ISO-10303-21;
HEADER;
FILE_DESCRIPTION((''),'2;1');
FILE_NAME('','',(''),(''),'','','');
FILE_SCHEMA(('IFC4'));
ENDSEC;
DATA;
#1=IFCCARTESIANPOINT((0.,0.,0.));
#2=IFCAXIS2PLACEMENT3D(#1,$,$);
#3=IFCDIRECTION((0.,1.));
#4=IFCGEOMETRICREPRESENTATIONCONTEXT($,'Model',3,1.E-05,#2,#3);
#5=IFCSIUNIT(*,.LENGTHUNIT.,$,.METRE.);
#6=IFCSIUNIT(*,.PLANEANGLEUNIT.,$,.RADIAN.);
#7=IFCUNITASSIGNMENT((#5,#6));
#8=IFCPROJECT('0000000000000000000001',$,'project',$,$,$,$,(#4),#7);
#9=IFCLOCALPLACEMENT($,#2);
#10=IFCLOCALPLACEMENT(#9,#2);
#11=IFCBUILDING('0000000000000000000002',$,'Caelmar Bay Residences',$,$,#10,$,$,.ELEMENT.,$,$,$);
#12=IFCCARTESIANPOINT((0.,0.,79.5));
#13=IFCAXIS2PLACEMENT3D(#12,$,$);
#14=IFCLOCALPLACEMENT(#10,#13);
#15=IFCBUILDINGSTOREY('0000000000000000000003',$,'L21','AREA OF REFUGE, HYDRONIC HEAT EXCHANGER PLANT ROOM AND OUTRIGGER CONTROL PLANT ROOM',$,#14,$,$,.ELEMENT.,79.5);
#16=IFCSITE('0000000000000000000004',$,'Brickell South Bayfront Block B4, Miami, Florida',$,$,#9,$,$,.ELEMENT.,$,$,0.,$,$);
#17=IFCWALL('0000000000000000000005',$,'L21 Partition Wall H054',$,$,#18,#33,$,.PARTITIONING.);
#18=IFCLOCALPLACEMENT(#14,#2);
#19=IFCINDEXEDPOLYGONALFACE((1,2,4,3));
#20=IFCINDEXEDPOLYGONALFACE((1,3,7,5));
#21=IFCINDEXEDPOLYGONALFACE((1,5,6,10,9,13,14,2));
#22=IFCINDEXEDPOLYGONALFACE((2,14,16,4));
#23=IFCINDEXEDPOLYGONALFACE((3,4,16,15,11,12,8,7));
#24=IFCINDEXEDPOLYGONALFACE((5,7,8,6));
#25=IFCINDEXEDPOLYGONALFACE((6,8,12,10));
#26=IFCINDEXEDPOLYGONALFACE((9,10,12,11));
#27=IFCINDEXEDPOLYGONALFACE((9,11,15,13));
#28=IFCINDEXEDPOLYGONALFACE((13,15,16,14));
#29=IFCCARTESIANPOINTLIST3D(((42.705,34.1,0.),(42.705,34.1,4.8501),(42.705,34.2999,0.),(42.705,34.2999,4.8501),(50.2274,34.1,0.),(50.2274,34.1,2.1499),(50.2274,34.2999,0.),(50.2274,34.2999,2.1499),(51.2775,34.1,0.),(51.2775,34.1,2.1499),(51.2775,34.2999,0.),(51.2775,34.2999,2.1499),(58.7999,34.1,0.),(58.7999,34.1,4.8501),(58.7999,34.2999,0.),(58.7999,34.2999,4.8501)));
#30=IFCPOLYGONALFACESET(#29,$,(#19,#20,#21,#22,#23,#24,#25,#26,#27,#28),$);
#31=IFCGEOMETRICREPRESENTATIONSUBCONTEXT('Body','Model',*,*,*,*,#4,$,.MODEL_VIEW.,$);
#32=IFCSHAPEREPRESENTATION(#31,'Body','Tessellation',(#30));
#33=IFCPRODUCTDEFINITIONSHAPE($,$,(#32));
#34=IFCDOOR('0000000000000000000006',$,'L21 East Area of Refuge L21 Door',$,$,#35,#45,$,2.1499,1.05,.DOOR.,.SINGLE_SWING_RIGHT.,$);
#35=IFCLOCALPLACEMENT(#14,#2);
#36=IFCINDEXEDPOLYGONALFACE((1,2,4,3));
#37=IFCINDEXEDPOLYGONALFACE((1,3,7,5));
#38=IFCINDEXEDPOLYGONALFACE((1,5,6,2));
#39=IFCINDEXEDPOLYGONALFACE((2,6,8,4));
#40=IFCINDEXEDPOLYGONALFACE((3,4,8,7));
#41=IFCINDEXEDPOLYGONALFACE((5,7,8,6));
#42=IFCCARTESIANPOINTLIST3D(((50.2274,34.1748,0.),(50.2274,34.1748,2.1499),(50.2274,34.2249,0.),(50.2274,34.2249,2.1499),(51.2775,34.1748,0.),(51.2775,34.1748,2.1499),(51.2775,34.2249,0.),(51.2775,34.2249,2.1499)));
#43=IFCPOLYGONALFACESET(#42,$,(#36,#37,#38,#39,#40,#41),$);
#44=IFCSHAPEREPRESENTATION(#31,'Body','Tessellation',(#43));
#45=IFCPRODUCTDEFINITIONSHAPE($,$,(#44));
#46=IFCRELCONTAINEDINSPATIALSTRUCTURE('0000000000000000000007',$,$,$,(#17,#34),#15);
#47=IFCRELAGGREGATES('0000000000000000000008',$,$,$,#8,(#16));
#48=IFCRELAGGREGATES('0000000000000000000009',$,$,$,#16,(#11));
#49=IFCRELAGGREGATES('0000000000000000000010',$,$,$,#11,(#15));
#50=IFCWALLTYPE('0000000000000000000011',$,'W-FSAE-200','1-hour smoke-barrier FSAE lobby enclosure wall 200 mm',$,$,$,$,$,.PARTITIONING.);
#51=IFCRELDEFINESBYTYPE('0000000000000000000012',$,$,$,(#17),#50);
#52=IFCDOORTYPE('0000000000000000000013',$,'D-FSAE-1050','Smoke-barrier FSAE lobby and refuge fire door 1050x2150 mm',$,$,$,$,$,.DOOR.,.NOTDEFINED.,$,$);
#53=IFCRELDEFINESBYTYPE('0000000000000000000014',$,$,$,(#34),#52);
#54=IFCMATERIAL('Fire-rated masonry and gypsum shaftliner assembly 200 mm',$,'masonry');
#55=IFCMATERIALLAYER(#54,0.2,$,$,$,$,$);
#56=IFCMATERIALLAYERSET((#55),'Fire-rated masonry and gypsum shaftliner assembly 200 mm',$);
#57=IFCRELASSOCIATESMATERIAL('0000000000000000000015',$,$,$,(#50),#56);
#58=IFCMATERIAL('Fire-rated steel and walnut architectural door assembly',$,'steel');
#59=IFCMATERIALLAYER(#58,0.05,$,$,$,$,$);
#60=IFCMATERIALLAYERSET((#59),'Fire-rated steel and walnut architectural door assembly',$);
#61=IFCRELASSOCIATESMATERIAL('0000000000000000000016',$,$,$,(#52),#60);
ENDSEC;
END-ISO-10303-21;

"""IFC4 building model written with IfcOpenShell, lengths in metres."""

from ifc_helpers import new_model, si_unit, direction, frame, frame_2d, origin, place, context, subcontext, project, spatial, rectangle, extrude, material, layer, layer_set, type_object, element, fill, save


model = new_model("IFC4")

# Units and contexts
model_context = context("Model", 3, precision=1e-05, world=origin(), true_north=direction((0.0, 1.0)))
body_context = subcontext(model_context, "Body", "Model", "MODEL_VIEW")
ifc_project = project(units=[si_unit("LENGTHUNIT", "METRE"), si_unit("PLANEANGLEUNIT", "RADIAN")], contexts=[model_context])

# Site, building, storey
site_placement = place(None, origin())
site = spatial("IfcSite", under=ifc_project, at=site_placement, Name="Brickell South Bayfront Block B4, Miami, Florida", CompositionType="ELEMENT", RefElevation=0.0)
building_placement = place(site_placement, origin())
building = spatial("IfcBuilding", under=site, at=building_placement, Name="Caelmar Bay Residences", CompositionType="ELEMENT")
storey_placement = place(building_placement, frame((0.0, 0.0, 79.5)))
storey = spatial("IfcBuildingStorey", under=building, at=storey_placement, Name="L21", Description="AREA OF REFUGE, HYDRONIC HEAT EXCHANGER PLANT ROOM AND OUTRIGGER CONTROL PLANT ROOM", CompositionType="ELEMENT", Elevation=79.5)

# Shared definitions
ifc_material_1 = material(Name="Fire-rated steel and walnut architectural door assembly", Category="steel")

# Shared definitions
ifc_material_2 = material(Name="Fire-rated masonry and gypsum shaftliner assembly 200 mm", Category="masonry")
ifc_layer_1 = layer(ifc_material_2, 0.2)
ifc_layer_set_1 = layer_set([ifc_layer_1], Name="Fire-rated masonry and gypsum shaftliner assembly 200 mm")
wall_type_1 = type_object("IfcWallType", Name="W-FSAE-200", Description="1-hour smoke-barrier FSAE lobby enclosure wall 200 mm", PredefinedType="PARTITIONING", material=ifc_layer_set_1)

# Wall, opening, door
wall_1_placement = place(storey_placement, frame((42.7051, 34.2, 0.0), z_axis=(0.0, 0.0, 1.0), x_axis=(1.0, 0.0, 0.0)))
wall_1 = element("IfcWall", 1, at=wall_1_placement, inside=storey, type_object=wall_type_1, Name="L21 Partition Wall H054", PredefinedType="PARTITIONING", context=body_context, shape_type="SweptSolid", body=[
    extrude(rectangle(XDim=16.095, YDim=0.2, at=frame_2d((8.0474, 0.0))), origin(), (0.0, 0.0, 1.0), 4.8501),
])
opening_1_placement = place(wall_1_placement, frame((7.5225, 0.0, 0.0)))
opening_1 = element("IfcOpeningElement", 2, at=opening_1_placement, cuts=wall_1, PredefinedType="OPENING", context=body_context, shape_type="SweptSolid", body=[
    extrude(rectangle(XDim=1.05, YDim=2.1499, at=frame_2d((0.5249, 1.075))), frame((0.0, 0.1099, 0.0), z_axis=(0.0, -1.0, 0.0), x_axis=(1.0, 0.0, 0.0)), (0.0, 0.0, 1.0), 0.22),
])
ifc_layer_2 = layer(ifc_material_1, 0.05)
ifc_layer_set_2 = layer_set([ifc_layer_2], Name="Fire-rated steel and walnut architectural door assembly")
door_type_1 = type_object("IfcDoorType", Name="D-FSAE-1050", Description="Smoke-barrier FSAE lobby and refuge fire door 1050x2150 mm", OperationType="NOTDEFINED", PredefinedType="DOOR", material=ifc_layer_set_2)
door_1_placement = place(opening_1_placement, origin())
door_1 = element("IfcDoor", 3, at=door_1_placement, inside=storey, type_object=door_type_1, Name="L21 East Area of Refuge L21 Door", OperationType="SINGLE_SWING_RIGHT", OverallHeight=2.1499, OverallWidth=1.05, PredefinedType="DOOR", context=body_context, shape_type="SweptSolid", body=[
    extrude(rectangle(XDim=1.05, YDim=2.1499, at=frame_2d((0.5249, 1.075))), frame((0.0, 0.0249, 0.0), z_axis=(0.0, -1.0, 0.0), x_axis=(1.0, 0.0, 0.0)), (0.0, 0.0, 1.0), 0.05),
])
fill(opening_1, door_1)

save(model, "model.ifc")
